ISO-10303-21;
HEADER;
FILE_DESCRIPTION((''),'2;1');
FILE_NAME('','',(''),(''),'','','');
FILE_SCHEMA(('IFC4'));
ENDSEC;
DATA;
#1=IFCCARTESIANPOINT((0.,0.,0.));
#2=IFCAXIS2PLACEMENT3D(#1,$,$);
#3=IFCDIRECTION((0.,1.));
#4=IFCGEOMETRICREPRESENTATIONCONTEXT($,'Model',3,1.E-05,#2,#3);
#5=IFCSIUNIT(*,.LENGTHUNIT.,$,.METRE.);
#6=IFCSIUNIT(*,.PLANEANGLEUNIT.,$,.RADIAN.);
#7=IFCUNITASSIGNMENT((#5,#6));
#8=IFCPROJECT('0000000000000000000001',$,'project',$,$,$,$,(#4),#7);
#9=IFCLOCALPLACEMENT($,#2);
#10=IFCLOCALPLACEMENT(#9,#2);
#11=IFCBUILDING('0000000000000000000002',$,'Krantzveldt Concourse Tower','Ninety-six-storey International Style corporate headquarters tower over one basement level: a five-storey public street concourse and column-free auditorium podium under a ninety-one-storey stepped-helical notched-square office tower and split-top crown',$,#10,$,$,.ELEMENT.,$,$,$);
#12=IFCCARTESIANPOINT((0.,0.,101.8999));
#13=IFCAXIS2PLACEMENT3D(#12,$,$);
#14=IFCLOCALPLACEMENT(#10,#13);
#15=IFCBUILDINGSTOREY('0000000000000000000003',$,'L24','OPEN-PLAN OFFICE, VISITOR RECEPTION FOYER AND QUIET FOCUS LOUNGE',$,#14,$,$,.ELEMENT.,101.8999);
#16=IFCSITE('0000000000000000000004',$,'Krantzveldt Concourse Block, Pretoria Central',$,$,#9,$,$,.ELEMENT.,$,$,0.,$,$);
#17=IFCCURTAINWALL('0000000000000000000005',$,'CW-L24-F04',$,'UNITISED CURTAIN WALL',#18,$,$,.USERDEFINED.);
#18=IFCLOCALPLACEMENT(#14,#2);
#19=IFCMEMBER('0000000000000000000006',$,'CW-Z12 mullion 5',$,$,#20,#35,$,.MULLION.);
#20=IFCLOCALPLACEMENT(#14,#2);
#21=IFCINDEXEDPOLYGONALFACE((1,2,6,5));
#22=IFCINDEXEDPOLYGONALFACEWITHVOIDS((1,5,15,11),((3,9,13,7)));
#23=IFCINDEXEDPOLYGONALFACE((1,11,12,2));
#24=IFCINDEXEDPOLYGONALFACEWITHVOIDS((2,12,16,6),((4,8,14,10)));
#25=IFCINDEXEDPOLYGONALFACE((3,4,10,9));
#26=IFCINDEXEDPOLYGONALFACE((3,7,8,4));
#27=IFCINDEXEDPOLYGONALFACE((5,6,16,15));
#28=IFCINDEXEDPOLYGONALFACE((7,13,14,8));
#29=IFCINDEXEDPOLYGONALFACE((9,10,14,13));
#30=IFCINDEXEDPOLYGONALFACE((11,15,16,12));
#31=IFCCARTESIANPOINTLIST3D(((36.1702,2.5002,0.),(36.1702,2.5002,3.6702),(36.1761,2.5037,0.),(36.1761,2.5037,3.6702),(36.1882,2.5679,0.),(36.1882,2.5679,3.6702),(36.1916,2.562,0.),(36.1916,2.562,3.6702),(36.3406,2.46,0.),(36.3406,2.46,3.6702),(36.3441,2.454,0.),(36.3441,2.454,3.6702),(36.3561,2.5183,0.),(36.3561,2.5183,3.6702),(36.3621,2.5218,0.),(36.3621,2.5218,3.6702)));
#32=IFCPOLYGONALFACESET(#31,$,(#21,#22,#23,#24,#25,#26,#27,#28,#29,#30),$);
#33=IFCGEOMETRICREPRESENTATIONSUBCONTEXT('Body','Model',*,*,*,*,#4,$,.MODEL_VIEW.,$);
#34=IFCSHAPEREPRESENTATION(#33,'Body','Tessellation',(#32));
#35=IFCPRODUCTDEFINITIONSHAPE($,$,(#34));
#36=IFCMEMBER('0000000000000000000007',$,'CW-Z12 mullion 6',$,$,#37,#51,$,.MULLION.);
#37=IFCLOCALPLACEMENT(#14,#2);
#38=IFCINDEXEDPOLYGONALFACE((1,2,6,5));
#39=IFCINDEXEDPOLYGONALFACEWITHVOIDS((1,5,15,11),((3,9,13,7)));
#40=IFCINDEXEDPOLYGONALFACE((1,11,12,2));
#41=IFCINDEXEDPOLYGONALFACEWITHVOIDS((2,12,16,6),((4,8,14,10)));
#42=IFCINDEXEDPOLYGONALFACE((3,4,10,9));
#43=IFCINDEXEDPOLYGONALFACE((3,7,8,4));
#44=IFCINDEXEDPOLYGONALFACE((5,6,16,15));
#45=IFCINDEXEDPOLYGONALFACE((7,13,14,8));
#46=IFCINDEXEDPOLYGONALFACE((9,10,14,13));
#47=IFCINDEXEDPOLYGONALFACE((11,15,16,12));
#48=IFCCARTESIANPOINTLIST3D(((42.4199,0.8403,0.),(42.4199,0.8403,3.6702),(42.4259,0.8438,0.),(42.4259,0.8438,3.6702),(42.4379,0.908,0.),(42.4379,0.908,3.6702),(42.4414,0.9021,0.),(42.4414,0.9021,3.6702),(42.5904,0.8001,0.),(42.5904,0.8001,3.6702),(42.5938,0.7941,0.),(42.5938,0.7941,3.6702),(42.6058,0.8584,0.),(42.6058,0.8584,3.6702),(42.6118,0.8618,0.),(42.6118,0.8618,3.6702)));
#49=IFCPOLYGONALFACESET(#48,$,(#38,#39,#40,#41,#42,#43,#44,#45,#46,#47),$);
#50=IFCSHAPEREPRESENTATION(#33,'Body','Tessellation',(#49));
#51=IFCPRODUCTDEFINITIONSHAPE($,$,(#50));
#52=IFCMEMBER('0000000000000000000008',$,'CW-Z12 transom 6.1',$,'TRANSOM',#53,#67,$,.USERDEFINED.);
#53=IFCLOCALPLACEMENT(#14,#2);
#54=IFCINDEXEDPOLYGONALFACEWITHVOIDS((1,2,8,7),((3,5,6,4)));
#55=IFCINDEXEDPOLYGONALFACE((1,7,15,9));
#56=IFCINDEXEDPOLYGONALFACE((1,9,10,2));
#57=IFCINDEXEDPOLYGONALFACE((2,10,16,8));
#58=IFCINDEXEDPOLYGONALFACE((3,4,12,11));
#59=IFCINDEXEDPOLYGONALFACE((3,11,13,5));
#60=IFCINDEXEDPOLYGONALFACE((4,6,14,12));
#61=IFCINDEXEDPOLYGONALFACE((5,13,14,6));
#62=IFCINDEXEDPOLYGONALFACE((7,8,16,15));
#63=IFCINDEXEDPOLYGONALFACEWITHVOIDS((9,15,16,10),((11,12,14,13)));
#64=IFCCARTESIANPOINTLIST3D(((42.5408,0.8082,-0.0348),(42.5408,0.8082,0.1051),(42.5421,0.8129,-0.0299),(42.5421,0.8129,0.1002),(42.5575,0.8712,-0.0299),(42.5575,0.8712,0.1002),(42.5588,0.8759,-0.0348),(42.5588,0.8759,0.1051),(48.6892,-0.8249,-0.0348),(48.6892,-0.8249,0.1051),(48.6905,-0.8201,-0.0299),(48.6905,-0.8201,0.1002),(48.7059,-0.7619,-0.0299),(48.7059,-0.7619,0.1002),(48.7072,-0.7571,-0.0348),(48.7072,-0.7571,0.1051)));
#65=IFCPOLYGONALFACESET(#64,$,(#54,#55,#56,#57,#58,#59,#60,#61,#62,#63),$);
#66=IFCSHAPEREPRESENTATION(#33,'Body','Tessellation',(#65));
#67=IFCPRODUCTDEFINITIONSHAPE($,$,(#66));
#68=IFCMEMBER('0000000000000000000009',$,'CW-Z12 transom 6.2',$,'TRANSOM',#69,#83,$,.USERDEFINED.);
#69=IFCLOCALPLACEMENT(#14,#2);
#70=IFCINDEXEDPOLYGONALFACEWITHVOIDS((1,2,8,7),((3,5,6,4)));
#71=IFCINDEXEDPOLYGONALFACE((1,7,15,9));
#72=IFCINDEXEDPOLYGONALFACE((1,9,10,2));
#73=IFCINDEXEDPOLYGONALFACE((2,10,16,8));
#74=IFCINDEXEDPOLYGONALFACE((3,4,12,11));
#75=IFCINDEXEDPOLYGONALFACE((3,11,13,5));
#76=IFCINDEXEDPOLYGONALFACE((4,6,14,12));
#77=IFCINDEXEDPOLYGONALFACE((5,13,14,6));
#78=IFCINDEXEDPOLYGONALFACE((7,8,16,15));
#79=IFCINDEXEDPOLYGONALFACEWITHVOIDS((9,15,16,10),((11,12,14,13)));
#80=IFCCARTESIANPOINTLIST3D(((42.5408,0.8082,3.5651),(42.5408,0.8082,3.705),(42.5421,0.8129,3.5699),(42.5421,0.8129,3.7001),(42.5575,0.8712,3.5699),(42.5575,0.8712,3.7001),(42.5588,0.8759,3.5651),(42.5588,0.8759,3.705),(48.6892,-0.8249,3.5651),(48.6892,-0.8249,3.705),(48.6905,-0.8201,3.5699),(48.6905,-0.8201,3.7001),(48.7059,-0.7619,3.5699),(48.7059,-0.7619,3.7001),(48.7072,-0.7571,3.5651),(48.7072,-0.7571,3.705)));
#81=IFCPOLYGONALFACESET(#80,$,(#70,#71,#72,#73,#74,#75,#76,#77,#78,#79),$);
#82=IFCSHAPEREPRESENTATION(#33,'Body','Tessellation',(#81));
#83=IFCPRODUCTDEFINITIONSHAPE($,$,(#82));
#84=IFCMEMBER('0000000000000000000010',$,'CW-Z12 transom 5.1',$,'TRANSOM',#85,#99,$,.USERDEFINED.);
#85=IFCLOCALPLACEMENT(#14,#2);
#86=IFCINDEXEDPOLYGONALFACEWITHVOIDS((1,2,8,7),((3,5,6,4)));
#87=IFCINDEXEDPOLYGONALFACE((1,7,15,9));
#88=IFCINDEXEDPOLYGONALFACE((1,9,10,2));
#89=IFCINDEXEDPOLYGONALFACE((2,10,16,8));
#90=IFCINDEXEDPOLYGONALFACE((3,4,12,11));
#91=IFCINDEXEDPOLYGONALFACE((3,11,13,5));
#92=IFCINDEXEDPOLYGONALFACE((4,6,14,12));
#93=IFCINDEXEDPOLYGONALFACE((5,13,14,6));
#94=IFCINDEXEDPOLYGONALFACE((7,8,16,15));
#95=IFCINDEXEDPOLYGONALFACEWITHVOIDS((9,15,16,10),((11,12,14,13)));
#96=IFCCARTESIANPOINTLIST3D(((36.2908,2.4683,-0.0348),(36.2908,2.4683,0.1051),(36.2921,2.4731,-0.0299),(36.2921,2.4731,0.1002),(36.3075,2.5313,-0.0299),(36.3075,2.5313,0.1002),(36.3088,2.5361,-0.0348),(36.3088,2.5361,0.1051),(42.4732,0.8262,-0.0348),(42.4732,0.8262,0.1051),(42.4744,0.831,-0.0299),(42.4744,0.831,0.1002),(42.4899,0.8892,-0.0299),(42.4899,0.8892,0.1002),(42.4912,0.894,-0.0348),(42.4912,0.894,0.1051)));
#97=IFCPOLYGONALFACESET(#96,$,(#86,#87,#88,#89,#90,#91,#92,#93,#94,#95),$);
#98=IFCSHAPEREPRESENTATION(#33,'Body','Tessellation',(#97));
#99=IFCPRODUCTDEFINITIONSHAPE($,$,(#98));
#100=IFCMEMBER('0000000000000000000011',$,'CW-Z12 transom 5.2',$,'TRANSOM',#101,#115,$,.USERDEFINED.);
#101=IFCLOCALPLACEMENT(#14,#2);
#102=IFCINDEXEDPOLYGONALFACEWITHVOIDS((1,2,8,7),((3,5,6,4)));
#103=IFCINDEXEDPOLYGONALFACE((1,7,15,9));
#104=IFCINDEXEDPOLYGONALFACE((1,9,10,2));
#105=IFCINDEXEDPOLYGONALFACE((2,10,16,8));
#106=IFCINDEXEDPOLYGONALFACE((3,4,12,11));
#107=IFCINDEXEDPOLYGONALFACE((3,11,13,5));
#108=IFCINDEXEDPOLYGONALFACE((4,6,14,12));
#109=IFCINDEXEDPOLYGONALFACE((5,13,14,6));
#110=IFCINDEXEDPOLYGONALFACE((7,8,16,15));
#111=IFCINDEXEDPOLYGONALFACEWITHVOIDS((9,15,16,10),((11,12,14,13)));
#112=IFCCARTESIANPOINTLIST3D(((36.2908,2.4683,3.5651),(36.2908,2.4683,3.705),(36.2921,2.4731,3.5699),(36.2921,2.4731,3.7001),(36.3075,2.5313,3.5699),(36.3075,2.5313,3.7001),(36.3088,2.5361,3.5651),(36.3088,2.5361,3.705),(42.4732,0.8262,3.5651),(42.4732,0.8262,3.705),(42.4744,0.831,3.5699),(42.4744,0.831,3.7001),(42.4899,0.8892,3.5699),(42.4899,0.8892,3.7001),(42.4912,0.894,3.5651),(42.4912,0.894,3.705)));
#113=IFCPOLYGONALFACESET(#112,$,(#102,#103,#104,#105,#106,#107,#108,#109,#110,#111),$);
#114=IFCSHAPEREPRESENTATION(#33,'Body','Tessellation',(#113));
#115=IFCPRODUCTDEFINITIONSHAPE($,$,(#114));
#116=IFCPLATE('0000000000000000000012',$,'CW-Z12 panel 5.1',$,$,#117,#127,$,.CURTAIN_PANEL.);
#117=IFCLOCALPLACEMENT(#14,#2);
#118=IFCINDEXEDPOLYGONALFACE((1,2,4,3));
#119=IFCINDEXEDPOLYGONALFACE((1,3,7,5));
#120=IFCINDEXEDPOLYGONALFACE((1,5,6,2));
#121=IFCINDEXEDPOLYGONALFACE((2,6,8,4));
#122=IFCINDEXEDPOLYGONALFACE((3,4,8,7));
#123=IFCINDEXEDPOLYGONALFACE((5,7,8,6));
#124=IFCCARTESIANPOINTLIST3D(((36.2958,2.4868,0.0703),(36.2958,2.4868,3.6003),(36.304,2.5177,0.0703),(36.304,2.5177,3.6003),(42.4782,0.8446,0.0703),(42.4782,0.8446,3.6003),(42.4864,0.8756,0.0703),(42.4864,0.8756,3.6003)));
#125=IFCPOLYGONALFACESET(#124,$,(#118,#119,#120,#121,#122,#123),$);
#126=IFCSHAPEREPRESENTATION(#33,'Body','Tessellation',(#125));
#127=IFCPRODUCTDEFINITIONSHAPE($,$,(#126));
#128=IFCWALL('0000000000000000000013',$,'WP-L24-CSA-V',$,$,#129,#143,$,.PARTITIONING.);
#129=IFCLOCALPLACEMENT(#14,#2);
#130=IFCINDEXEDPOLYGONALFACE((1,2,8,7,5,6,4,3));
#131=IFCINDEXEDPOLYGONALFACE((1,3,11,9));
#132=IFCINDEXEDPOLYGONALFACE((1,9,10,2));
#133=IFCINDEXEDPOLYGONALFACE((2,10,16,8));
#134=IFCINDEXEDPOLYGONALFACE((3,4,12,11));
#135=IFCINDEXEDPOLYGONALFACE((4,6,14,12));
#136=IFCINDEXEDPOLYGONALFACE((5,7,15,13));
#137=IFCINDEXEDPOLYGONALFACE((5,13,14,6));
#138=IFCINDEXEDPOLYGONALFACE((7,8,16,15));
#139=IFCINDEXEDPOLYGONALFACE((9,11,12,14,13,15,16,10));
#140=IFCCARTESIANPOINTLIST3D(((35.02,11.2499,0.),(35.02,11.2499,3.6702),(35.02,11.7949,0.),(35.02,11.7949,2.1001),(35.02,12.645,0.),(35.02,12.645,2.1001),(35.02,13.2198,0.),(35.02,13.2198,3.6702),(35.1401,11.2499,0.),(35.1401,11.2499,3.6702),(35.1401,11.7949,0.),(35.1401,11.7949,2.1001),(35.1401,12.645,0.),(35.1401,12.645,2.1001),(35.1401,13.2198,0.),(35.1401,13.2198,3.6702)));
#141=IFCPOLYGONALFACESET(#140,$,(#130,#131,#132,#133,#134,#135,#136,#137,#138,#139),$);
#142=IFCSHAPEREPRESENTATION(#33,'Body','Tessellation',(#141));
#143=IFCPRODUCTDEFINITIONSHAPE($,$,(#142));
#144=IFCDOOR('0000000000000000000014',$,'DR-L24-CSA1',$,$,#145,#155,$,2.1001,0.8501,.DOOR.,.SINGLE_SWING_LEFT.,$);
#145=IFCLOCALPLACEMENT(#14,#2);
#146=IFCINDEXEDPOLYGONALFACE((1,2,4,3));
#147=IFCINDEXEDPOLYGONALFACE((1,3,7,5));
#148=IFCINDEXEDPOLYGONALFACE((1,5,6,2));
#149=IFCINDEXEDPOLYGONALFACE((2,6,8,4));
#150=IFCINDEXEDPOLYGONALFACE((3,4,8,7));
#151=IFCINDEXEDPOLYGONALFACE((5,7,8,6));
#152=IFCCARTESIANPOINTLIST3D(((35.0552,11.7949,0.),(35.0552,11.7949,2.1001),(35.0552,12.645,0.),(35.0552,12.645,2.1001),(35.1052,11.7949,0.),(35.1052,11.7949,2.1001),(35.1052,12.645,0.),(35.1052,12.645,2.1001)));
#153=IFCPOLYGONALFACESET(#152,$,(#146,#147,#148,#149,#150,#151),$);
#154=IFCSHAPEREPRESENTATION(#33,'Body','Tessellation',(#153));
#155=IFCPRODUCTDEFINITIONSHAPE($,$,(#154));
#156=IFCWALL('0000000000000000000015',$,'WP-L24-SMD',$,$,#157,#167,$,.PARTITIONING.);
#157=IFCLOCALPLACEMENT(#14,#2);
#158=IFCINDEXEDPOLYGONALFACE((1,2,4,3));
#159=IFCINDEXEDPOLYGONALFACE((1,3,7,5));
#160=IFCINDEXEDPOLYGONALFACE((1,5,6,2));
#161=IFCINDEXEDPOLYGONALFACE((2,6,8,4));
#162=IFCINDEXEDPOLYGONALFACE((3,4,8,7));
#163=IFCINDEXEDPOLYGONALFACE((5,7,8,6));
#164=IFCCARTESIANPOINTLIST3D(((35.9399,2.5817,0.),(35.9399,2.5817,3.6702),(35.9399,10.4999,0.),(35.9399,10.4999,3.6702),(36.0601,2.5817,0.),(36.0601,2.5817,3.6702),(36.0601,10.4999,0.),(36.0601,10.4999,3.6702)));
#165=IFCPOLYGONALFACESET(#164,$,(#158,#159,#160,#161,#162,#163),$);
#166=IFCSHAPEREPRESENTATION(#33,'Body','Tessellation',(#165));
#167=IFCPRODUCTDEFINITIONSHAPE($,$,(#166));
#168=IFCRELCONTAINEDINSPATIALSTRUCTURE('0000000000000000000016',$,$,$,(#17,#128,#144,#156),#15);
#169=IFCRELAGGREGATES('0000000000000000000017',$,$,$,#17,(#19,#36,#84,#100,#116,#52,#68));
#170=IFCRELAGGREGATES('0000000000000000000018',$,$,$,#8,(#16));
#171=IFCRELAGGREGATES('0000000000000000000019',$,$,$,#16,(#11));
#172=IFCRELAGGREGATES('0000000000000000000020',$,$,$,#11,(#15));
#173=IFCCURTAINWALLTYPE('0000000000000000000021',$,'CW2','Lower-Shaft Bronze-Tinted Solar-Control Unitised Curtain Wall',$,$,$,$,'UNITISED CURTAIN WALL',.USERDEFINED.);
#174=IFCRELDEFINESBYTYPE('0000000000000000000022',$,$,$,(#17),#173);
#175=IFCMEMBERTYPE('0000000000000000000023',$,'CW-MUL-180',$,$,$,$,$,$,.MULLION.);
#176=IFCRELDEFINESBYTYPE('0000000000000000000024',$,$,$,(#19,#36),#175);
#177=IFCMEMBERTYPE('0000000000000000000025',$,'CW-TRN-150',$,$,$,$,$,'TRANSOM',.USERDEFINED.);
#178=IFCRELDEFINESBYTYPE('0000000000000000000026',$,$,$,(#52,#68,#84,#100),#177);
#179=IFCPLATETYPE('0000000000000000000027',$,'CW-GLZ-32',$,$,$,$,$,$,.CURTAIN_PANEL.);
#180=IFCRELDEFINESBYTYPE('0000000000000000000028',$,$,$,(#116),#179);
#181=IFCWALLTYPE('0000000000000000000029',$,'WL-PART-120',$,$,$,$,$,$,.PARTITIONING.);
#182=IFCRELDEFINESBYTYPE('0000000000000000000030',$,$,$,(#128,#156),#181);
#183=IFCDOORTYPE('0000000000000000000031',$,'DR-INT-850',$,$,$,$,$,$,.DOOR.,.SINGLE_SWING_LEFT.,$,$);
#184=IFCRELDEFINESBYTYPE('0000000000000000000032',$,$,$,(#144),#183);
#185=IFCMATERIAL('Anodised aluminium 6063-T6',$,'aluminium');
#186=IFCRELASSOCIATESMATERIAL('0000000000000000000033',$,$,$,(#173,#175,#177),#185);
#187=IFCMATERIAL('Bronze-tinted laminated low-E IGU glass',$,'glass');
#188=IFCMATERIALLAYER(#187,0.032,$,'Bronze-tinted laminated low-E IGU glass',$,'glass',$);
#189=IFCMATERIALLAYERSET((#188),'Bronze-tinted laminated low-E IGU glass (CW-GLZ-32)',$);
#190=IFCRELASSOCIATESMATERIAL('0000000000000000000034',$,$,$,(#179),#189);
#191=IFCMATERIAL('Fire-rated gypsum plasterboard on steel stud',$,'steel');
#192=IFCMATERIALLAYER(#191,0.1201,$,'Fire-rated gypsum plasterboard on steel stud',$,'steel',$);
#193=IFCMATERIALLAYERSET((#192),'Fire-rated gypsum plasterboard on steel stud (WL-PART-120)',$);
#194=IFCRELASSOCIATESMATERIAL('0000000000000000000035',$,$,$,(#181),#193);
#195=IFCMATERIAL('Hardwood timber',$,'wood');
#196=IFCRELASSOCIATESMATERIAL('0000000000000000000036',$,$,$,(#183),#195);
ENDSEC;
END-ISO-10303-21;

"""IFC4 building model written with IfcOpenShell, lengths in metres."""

from ifc_helpers import new_model, si_unit, direction, frame, frame_2d, origin, origin_2d, place, context, subcontext, project, spatial, rectangle, hollow_rectangle, extrude, source, transform, mapped, material, layer, layer_set, material_profile, profile_set, type_object, type_shapes, element, fill, aggregate, save


model = new_model("IFC4")

# Units and contexts
model_context = context("Model", 3, precision=1e-05, world=origin(), true_north=direction((0.0, 1.0)))
body_context = subcontext(model_context, "Body", "Model", "MODEL_VIEW")
ifc_project = project(units=[si_unit("LENGTHUNIT", "METRE"), si_unit("PLANEANGLEUNIT", "RADIAN")], contexts=[model_context])

# Site, building, storey
site_placement = place(None, origin())
site = spatial("IfcSite", under=ifc_project, at=site_placement, Name="Krantzveldt Concourse Block, Pretoria Central", CompositionType="ELEMENT", RefElevation=0.0)
building_placement = place(site_placement, origin())
building = spatial("IfcBuilding", under=site, at=building_placement, Name="Krantzveldt Concourse Tower", Description="Ninety-six-storey International Style corporate headquarters tower over one basement level: a five-storey public street concourse and column-free auditorium podium under a ninety-one-storey stepped-helical notched-square office tower and split-top crown", CompositionType="ELEMENT")
storey_placement = place(building_placement, frame((0.0, 0.0, 101.8999)))
storey = spatial("IfcBuildingStorey", under=building, at=storey_placement, Name="L24", Description="OPEN-PLAN OFFICE, VISITOR RECEPTION FOYER AND QUIET FOCUS LOUNGE", CompositionType="ELEMENT", Elevation=101.8999)

# Curtain wall, members, plate
ifc_material_1 = material(Name="Anodised aluminium 6063-T6", Category="aluminium")
curtain_wall_type = type_object("IfcCurtainWallType", Name="CW2", Description="Lower-Shaft Bronze-Tinted Solar-Control Unitised Curtain Wall", ElementType="UNITISED CURTAIN WALL", PredefinedType="USERDEFINED", material=ifc_material_1)
curtain_wall_placement = place(storey_placement, origin())
curtain_wall = element("IfcCurtainWall", 1, at=curtain_wall_placement, inside=storey, type_object=curtain_wall_type, Name="CW-L24-F04", ObjectType="UNITISED CURTAIN WALL", PredefinedType="USERDEFINED")
ifc_material_profile_1 = material_profile(ifc_material_1, hollow_rectangle(XDim=0.0701, YDim=0.1799, WallThickness=0.0049, at=origin_2d()), Name="Anodised aluminium 6063-T6", Category="aluminium")
ifc_profile_set_1 = profile_set([ifc_material_profile_1], Name="Anodised aluminium 6063-T6 - ALU-MULL 180x70x5")
member_type_1 = type_object("IfcMemberType", Name="CW-MUL-180", PredefinedType="MULLION", material=ifc_profile_set_1)
shared_shape_1 = source(origin(), body_context, "Body", "SweptSolid", [
    extrude(hollow_rectangle(XDim=0.0701, YDim=0.1799, WallThickness=0.0049, at=origin_2d()), origin(), (0.0, 0.0, 1.0), 3.6702),
])
type_shapes(member_type_1, [shared_shape_1])
member_1_placement = place(storey_placement, frame((36.2661, 2.511, 0.0), z_axis=(0.0, 0.0, 1.0), x_axis=(0.256711, 0.966488, 0.0)))
member_1 = element("IfcMember", 2, at=member_1_placement, type_object=member_type_1, Name="CW-Z12 mullion 5", PredefinedType="MULLION", context=body_context, shape_type="MappedRepresentation", body=[
    mapped(shared_shape_1, transform((0.0, 0.0, 0.0), x_axis=(1.0, 0.0, 0.0), y_axis=(0.0, 1.0, 0.0), z_axis=(0.0, 0.0, 1.0), scale=1.0)),
])
member_2_placement = place(storey_placement, frame((42.5159, 0.8511, 0.0), z_axis=(0.0, 0.0, 1.0), x_axis=(0.256711, 0.966488, 0.0)))
member_2 = element("IfcMember", 3, at=member_2_placement, type_object=member_type_1, Name="CW-Z12 mullion 6", PredefinedType="MULLION", context=body_context, shape_type="MappedRepresentation", body=[
    mapped(shared_shape_1, transform((0.0, 0.0, 0.0), x_axis=(1.0, 0.0, 0.0), y_axis=(0.0, 1.0, 0.0), z_axis=(0.0, 0.0, 1.0), scale=1.0)),
])
ifc_material_profile_2 = material_profile(ifc_material_1, hollow_rectangle(XDim=0.0701, YDim=0.1399, WallThickness=0.0049, at=origin_2d()), Name="Anodised aluminium 6063-T6", Category="aluminium")
ifc_profile_set_2 = profile_set([ifc_material_profile_2], Name="Anodised aluminium 6063-T6 - ALU-TRAN 140x70x5")
member_type_2 = type_object("IfcMemberType", Name="CW-TRN-150", ElementType="TRANSOM", PredefinedType="USERDEFINED", material=ifc_profile_set_2)
shared_shape_2 = source(origin(), body_context, "Body", "SweptSolid", [
    extrude(hollow_rectangle(XDim=0.0701, YDim=0.1399, WallThickness=0.0049, at=origin_2d()), origin(), (0.0, 0.0, 1.0), 6.3616),
])
member_3_placement = place(storey_placement, frame((42.5498, 0.842, 0.0352), z_axis=(0.96649, -0.256705, 0.0), x_axis=(0.256705, 0.96649, 0.0)))
member_3 = element("IfcMember", 4, at=member_3_placement, type_object=member_type_2, Name="CW-Z12 transom 6.1", ObjectType="TRANSOM", PredefinedType="USERDEFINED", context=body_context, shape_type="MappedRepresentation", body=[
    mapped(shared_shape_2, transform((0.0, 0.0, 0.0), x_axis=(1.0, 0.0, 0.0), y_axis=(0.0, 1.0, 0.0), z_axis=(0.0, 0.0, 1.0), scale=1.0)),
])
member_4_placement = place(storey_placement, frame((42.5498, 0.842, 3.635), z_axis=(0.96649, -0.256705, 0.0), x_axis=(0.256705, 0.96649, 0.0)))
member_4 = element("IfcMember", 5, at=member_4_placement, type_object=member_type_2, Name="CW-Z12 transom 6.2", ObjectType="TRANSOM", PredefinedType="USERDEFINED", context=body_context, shape_type="MappedRepresentation", body=[
    mapped(shared_shape_2, transform((0.0, 0.0, 0.0), x_axis=(1.0, 0.0, 0.0), y_axis=(0.0, 1.0, 0.0), z_axis=(0.0, 0.0, 1.0), scale=1.0)),
])
shared_shape_3 = source(origin(), body_context, "Body", "SweptSolid", [
    extrude(hollow_rectangle(XDim=0.0701, YDim=0.1399, WallThickness=0.0049, at=origin_2d()), origin(), (0.0, 0.0, 1.0), 6.3967),
])
type_shapes(member_type_2, [shared_shape_2, shared_shape_3])
member_5_placement = place(storey_placement, frame((36.2998, 2.5022, 0.0352), z_axis=(0.966489, -0.256708, 0.0), x_axis=(0.256708, 0.966489, 0.0)))
member_5 = element("IfcMember", 6, at=member_5_placement, type_object=member_type_2, Name="CW-Z12 transom 5.1", ObjectType="TRANSOM", PredefinedType="USERDEFINED", context=body_context, shape_type="MappedRepresentation", body=[
    mapped(shared_shape_3, transform((0.0, 0.0, 0.0), x_axis=(1.0, 0.0, 0.0), y_axis=(0.0, 1.0, 0.0), z_axis=(0.0, 0.0, 1.0), scale=1.0)),
])
member_6_placement = place(storey_placement, frame((36.2998, 2.5022, 3.635), z_axis=(0.966489, -0.256708, 0.0), x_axis=(0.256708, 0.966489, 0.0)))
member_6 = element("IfcMember", 7, at=member_6_placement, type_object=member_type_2, Name="CW-Z12 transom 5.2", ObjectType="TRANSOM", PredefinedType="USERDEFINED", context=body_context, shape_type="MappedRepresentation", body=[
    mapped(shared_shape_3, transform((0.0, 0.0, 0.0), x_axis=(1.0, 0.0, 0.0), y_axis=(0.0, 1.0, 0.0), z_axis=(0.0, 0.0, 1.0), scale=1.0)),
])
ifc_material_2 = material(Name="Bronze-tinted laminated low-E IGU glass", Category="glass")
ifc_layer_1 = layer(ifc_material_2, 0.032, Name="Bronze-tinted laminated low-E IGU glass", Category="glass")
ifc_layer_set_1 = layer_set([ifc_layer_1], Name="Bronze-tinted laminated low-E IGU glass (CW-GLZ-32)")
plate_type = type_object("IfcPlateType", Name="CW-GLZ-32", PredefinedType="CURTAIN_PANEL", material=ifc_layer_set_1)
shared_shape_4 = source(origin(), body_context, "Body", "SweptSolid", [
    extrude(rectangle(XDim=6.3967, YDim=0.032, at=origin_2d()), origin(), (0.0, 0.0, 1.0), 3.53),
])
type_shapes(plate_type, [shared_shape_4])
plate_placement = place(storey_placement, frame((39.3911, 1.6812, 0.0703), z_axis=(0.0, 0.0, 1.0), x_axis=(0.966488, -0.256711, 0.0)))
plate = element("IfcPlate", 8, at=plate_placement, type_object=plate_type, Name="CW-Z12 panel 5.1", PredefinedType="CURTAIN_PANEL", context=body_context, shape_type="MappedRepresentation", body=[
    mapped(shared_shape_4, transform((0.0, 0.0, 0.0), x_axis=(1.0, 0.0, 0.0), y_axis=(0.0, 1.0, 0.0), z_axis=(0.0, 0.0, 1.0), scale=1.0)),
])
aggregate(curtain_wall, [member_1, member_2, member_5, member_6, plate, member_3, member_4])

# Wall, opening, door
ifc_material_3 = material(Name="Fire-rated gypsum plasterboard on steel stud", Category="steel")
ifc_layer_2 = layer(ifc_material_3, 0.1201, Name="Fire-rated gypsum plasterboard on steel stud", Category="steel")
ifc_layer_set_2 = layer_set([ifc_layer_2], Name="Fire-rated gypsum plasterboard on steel stud (WL-PART-120)")
wall_type_1 = type_object("IfcWallType", Name="WL-PART-120", PredefinedType="PARTITIONING", material=ifc_layer_set_2)
wall_1_placement = place(storey_placement, frame((35.0801, 11.25, 0.0), z_axis=(0.0, 0.0, 1.0), x_axis=(0.0, 1.0, 0.0)))
wall_1 = element("IfcWall", 9, at=wall_1_placement, inside=storey, type_object=wall_type_1, Name="WP-L24-CSA-V", PredefinedType="PARTITIONING", context=body_context, shape_type="SweptSolid", body=[
    extrude(rectangle(XDim=1.97, YDim=0.1201, at=frame_2d((0.9849, 0.0))), origin(), (0.0, 0.0, 1.0), 3.6702),
])
opening_1_placement = place(wall_1_placement, frame((0.5449, 0.0, 0.0)))
opening_1 = element("IfcOpeningElement", 10, at=opening_1_placement, cuts=wall_1, PredefinedType="OPENING", context=body_context, shape_type="SweptSolid", body=[
    extrude(rectangle(XDim=0.8501, YDim=2.1001, at=frame_2d((0.425, 1.05))), frame((0.0, 0.0701, 0.0), z_axis=(0.0, -1.0, 0.0), x_axis=(1.0, 0.0, 0.0)), (0.0, 0.0, 1.0), 0.1401),
])
ifc_material_4 = material(Name="Hardwood timber", Category="wood")
door_type_1 = type_object("IfcDoorType", Name="DR-INT-850", OperationType="SINGLE_SWING_LEFT", PredefinedType="DOOR", material=ifc_material_4)
door_1_placement = place(opening_1_placement, origin())
door_1 = element("IfcDoor", 11, at=door_1_placement, inside=storey, type_object=door_type_1, Name="DR-L24-CSA1", OperationType="SINGLE_SWING_LEFT", OverallHeight=2.1001, OverallWidth=0.8501, PredefinedType="DOOR", context=body_context, shape_type="SweptSolid", body=[
    extrude(rectangle(XDim=0.8501, YDim=2.1001, at=frame_2d((0.425, 1.05))), frame((0.0, 0.0249, 0.0), z_axis=(0.0, -1.0, 0.0), x_axis=(1.0, 0.0, 0.0)), (0.0, 0.0, 1.0), 0.05),
])
fill(opening_1, door_1)

# Wall
wall_2_placement = place(storey_placement, frame((36.0, 2.5818, 0.0), z_axis=(0.0, 0.0, 1.0), x_axis=(0.0, 1.0, 0.0)))
element("IfcWall", 12, at=wall_2_placement, inside=storey, type_object=wall_type_1, Name="WP-L24-SMD", PredefinedType="PARTITIONING", context=body_context, shape_type="SweptSolid", body=[
    extrude(rectangle(XDim=7.9182, YDim=0.1201, at=frame_2d((3.959, 0.0))), origin(), (0.0, 0.0, 1.0), 3.6702),
])

save(model, "model.ifc")
